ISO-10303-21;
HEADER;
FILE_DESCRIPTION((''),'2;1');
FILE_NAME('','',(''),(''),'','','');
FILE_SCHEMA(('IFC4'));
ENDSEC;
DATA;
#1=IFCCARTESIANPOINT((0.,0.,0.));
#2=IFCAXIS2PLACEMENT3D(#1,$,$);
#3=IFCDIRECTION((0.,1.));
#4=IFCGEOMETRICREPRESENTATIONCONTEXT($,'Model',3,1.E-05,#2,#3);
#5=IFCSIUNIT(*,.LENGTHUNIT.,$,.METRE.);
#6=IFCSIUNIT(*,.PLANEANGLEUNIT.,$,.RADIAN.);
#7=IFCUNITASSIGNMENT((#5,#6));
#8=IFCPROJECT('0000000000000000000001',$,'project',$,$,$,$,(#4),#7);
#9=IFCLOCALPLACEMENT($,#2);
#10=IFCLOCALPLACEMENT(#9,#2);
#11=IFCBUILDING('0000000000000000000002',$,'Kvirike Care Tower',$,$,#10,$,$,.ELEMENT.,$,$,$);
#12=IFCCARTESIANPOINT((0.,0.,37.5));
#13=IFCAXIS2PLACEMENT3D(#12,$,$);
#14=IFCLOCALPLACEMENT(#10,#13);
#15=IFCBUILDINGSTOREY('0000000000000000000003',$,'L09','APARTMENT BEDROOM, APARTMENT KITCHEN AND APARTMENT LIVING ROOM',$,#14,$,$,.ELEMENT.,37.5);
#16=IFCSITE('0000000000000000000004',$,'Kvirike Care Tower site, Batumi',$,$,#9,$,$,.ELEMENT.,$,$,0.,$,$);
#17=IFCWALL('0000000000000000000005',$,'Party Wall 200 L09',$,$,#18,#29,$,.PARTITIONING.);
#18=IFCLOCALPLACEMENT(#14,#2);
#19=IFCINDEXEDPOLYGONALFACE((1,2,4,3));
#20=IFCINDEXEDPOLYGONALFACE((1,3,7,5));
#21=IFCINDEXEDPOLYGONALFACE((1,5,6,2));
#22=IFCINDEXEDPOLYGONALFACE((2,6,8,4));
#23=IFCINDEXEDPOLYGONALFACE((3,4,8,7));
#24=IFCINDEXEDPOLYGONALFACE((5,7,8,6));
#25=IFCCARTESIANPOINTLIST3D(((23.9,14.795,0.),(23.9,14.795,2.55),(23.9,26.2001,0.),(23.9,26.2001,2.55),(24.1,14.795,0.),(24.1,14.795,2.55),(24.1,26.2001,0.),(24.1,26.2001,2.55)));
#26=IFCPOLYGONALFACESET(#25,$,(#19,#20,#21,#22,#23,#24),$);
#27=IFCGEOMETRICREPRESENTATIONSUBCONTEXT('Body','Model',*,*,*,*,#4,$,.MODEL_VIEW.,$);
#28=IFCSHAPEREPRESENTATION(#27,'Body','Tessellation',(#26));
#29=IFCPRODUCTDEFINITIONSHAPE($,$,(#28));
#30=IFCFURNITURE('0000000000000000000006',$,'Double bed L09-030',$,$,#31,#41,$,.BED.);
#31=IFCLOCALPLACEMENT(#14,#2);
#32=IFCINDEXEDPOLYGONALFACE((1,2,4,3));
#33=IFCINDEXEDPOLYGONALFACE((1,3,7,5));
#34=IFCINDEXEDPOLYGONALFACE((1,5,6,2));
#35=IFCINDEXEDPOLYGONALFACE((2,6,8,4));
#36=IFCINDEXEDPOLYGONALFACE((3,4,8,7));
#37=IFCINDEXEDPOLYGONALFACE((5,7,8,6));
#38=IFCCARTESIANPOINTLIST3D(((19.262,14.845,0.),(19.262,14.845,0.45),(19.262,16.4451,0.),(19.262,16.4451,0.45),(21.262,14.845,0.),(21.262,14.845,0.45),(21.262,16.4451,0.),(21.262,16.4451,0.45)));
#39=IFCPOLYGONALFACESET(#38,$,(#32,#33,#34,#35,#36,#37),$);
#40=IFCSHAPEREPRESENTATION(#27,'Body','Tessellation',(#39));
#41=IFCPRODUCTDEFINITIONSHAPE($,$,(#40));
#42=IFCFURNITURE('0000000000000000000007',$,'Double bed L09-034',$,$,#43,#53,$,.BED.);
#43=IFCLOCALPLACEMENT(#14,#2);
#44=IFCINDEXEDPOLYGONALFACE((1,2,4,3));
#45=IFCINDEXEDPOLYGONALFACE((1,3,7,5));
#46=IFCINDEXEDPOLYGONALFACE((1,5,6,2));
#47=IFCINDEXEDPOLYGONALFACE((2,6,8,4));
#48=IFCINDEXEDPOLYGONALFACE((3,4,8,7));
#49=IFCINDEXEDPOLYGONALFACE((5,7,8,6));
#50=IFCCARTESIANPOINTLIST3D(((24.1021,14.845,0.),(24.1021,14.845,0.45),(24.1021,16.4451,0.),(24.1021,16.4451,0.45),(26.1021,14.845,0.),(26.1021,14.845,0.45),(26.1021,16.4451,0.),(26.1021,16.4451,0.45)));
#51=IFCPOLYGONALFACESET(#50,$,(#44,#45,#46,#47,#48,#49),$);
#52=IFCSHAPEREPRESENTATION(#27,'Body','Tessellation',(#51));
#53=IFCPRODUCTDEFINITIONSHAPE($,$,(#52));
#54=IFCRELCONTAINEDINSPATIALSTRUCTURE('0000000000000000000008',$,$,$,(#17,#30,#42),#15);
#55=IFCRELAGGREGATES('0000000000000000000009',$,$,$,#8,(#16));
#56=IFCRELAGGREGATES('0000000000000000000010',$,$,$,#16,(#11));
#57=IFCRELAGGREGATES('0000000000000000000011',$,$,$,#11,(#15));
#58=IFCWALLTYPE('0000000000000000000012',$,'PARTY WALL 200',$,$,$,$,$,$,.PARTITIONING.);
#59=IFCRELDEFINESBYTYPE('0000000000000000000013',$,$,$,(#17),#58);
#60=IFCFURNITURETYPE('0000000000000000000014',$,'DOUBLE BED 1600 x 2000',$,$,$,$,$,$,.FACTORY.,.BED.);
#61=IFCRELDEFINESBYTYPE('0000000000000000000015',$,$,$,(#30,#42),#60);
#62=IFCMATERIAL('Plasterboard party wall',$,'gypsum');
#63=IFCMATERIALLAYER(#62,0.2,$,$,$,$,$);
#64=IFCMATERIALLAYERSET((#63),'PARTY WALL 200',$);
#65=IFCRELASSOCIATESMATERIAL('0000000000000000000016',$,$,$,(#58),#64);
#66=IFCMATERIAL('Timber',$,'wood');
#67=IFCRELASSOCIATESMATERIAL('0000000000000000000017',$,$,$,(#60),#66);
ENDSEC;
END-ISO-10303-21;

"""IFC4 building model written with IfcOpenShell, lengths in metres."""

from ifc_helpers import new_model, si_unit, direction, frame, frame_2d, origin, origin_2d, place, context, subcontext, project, spatial, rectangle, extrude, material, layer, layer_set, type_object, element, save


model = new_model("IFC4")

# Units and contexts
model_context = context("Model", 3, precision=1e-05, world=origin(), true_north=direction((0.0, 1.0)))
body_context = subcontext(model_context, "Body", "Model", "MODEL_VIEW")
ifc_project = project(units=[si_unit("LENGTHUNIT", "METRE"), si_unit("PLANEANGLEUNIT", "RADIAN")], contexts=[model_context])

# Site, building, storey
site_placement = place(None, origin())
site = spatial("IfcSite", under=ifc_project, at=site_placement, Name="Kvirike Care Tower site, Batumi", CompositionType="ELEMENT", RefElevation=0.0)
building_placement = place(site_placement, origin())
building = spatial("IfcBuilding", under=site, at=building_placement, Name="Kvirike Care Tower", CompositionType="ELEMENT")
storey_placement = place(building_placement, frame((0.0, 0.0, 37.5)))
storey = spatial("IfcBuildingStorey", under=building, at=storey_placement, Name="L09", Description="APARTMENT BEDROOM, APARTMENT KITCHEN AND APARTMENT LIVING ROOM", CompositionType="ELEMENT", Elevation=37.5)

# Wall
ifc_material_1 = material(Name="Plasterboard party wall", Category="gypsum")
ifc_layer_1 = layer(ifc_material_1, 0.2)
ifc_layer_set_1 = layer_set([ifc_layer_1], Name="PARTY WALL 200")
wall_type_1 = type_object("IfcWallType", Name="PARTY WALL 200", PredefinedType="PARTITIONING", material=ifc_layer_set_1)
wall_1_placement = place(storey_placement, frame((24.0, 14.7949, 0.0), z_axis=(0.0, 0.0, 1.0), x_axis=(0.0, 1.0, 0.0)))
element("IfcWall", 1, at=wall_1_placement, inside=storey, type_object=wall_type_1, Name="Party Wall 200 L09", PredefinedType="PARTITIONING", context=body_context, shape_type="SweptSolid", body=[
    extrude(rectangle(XDim=11.405, YDim=0.2, at=frame_2d((5.7026, 0.0))), origin(), (0.0, 0.0, 1.0), 2.55),
])

# Furniture
ifc_material_2 = material(Name="Timber", Category="wood")
furniture_type = type_object("IfcFurnitureType", Name="DOUBLE BED 1600 x 2000", AssemblyPlace="FACTORY", PredefinedType="BED", material=ifc_material_2)
for number, where, z_axis, x_axis, name in (
    (2, (20.262, 15.645, 0.0), (0.0, 0.0, 1.0), (0.0, 1.0, 0.0), "Double bed L09-030"),
    (3, (25.1021, 15.645, 0.0), (0.0, 0.0, 1.0), (0.0, 1.0, 0.0), "Double bed L09-034"),
):
    element("IfcFurniture", number, at=place(storey_placement, frame(where, z_axis=z_axis, x_axis=x_axis)), inside=storey, type_object=furniture_type, Name=name, PredefinedType="BED", context=body_context, shape_type="SweptSolid", body=[
        extrude(rectangle(XDim=1.6001, YDim=2.0, at=origin_2d()), origin(), (0.0, 0.0, 1.0), 0.45),
    ])

save(model, "model.ifc")
